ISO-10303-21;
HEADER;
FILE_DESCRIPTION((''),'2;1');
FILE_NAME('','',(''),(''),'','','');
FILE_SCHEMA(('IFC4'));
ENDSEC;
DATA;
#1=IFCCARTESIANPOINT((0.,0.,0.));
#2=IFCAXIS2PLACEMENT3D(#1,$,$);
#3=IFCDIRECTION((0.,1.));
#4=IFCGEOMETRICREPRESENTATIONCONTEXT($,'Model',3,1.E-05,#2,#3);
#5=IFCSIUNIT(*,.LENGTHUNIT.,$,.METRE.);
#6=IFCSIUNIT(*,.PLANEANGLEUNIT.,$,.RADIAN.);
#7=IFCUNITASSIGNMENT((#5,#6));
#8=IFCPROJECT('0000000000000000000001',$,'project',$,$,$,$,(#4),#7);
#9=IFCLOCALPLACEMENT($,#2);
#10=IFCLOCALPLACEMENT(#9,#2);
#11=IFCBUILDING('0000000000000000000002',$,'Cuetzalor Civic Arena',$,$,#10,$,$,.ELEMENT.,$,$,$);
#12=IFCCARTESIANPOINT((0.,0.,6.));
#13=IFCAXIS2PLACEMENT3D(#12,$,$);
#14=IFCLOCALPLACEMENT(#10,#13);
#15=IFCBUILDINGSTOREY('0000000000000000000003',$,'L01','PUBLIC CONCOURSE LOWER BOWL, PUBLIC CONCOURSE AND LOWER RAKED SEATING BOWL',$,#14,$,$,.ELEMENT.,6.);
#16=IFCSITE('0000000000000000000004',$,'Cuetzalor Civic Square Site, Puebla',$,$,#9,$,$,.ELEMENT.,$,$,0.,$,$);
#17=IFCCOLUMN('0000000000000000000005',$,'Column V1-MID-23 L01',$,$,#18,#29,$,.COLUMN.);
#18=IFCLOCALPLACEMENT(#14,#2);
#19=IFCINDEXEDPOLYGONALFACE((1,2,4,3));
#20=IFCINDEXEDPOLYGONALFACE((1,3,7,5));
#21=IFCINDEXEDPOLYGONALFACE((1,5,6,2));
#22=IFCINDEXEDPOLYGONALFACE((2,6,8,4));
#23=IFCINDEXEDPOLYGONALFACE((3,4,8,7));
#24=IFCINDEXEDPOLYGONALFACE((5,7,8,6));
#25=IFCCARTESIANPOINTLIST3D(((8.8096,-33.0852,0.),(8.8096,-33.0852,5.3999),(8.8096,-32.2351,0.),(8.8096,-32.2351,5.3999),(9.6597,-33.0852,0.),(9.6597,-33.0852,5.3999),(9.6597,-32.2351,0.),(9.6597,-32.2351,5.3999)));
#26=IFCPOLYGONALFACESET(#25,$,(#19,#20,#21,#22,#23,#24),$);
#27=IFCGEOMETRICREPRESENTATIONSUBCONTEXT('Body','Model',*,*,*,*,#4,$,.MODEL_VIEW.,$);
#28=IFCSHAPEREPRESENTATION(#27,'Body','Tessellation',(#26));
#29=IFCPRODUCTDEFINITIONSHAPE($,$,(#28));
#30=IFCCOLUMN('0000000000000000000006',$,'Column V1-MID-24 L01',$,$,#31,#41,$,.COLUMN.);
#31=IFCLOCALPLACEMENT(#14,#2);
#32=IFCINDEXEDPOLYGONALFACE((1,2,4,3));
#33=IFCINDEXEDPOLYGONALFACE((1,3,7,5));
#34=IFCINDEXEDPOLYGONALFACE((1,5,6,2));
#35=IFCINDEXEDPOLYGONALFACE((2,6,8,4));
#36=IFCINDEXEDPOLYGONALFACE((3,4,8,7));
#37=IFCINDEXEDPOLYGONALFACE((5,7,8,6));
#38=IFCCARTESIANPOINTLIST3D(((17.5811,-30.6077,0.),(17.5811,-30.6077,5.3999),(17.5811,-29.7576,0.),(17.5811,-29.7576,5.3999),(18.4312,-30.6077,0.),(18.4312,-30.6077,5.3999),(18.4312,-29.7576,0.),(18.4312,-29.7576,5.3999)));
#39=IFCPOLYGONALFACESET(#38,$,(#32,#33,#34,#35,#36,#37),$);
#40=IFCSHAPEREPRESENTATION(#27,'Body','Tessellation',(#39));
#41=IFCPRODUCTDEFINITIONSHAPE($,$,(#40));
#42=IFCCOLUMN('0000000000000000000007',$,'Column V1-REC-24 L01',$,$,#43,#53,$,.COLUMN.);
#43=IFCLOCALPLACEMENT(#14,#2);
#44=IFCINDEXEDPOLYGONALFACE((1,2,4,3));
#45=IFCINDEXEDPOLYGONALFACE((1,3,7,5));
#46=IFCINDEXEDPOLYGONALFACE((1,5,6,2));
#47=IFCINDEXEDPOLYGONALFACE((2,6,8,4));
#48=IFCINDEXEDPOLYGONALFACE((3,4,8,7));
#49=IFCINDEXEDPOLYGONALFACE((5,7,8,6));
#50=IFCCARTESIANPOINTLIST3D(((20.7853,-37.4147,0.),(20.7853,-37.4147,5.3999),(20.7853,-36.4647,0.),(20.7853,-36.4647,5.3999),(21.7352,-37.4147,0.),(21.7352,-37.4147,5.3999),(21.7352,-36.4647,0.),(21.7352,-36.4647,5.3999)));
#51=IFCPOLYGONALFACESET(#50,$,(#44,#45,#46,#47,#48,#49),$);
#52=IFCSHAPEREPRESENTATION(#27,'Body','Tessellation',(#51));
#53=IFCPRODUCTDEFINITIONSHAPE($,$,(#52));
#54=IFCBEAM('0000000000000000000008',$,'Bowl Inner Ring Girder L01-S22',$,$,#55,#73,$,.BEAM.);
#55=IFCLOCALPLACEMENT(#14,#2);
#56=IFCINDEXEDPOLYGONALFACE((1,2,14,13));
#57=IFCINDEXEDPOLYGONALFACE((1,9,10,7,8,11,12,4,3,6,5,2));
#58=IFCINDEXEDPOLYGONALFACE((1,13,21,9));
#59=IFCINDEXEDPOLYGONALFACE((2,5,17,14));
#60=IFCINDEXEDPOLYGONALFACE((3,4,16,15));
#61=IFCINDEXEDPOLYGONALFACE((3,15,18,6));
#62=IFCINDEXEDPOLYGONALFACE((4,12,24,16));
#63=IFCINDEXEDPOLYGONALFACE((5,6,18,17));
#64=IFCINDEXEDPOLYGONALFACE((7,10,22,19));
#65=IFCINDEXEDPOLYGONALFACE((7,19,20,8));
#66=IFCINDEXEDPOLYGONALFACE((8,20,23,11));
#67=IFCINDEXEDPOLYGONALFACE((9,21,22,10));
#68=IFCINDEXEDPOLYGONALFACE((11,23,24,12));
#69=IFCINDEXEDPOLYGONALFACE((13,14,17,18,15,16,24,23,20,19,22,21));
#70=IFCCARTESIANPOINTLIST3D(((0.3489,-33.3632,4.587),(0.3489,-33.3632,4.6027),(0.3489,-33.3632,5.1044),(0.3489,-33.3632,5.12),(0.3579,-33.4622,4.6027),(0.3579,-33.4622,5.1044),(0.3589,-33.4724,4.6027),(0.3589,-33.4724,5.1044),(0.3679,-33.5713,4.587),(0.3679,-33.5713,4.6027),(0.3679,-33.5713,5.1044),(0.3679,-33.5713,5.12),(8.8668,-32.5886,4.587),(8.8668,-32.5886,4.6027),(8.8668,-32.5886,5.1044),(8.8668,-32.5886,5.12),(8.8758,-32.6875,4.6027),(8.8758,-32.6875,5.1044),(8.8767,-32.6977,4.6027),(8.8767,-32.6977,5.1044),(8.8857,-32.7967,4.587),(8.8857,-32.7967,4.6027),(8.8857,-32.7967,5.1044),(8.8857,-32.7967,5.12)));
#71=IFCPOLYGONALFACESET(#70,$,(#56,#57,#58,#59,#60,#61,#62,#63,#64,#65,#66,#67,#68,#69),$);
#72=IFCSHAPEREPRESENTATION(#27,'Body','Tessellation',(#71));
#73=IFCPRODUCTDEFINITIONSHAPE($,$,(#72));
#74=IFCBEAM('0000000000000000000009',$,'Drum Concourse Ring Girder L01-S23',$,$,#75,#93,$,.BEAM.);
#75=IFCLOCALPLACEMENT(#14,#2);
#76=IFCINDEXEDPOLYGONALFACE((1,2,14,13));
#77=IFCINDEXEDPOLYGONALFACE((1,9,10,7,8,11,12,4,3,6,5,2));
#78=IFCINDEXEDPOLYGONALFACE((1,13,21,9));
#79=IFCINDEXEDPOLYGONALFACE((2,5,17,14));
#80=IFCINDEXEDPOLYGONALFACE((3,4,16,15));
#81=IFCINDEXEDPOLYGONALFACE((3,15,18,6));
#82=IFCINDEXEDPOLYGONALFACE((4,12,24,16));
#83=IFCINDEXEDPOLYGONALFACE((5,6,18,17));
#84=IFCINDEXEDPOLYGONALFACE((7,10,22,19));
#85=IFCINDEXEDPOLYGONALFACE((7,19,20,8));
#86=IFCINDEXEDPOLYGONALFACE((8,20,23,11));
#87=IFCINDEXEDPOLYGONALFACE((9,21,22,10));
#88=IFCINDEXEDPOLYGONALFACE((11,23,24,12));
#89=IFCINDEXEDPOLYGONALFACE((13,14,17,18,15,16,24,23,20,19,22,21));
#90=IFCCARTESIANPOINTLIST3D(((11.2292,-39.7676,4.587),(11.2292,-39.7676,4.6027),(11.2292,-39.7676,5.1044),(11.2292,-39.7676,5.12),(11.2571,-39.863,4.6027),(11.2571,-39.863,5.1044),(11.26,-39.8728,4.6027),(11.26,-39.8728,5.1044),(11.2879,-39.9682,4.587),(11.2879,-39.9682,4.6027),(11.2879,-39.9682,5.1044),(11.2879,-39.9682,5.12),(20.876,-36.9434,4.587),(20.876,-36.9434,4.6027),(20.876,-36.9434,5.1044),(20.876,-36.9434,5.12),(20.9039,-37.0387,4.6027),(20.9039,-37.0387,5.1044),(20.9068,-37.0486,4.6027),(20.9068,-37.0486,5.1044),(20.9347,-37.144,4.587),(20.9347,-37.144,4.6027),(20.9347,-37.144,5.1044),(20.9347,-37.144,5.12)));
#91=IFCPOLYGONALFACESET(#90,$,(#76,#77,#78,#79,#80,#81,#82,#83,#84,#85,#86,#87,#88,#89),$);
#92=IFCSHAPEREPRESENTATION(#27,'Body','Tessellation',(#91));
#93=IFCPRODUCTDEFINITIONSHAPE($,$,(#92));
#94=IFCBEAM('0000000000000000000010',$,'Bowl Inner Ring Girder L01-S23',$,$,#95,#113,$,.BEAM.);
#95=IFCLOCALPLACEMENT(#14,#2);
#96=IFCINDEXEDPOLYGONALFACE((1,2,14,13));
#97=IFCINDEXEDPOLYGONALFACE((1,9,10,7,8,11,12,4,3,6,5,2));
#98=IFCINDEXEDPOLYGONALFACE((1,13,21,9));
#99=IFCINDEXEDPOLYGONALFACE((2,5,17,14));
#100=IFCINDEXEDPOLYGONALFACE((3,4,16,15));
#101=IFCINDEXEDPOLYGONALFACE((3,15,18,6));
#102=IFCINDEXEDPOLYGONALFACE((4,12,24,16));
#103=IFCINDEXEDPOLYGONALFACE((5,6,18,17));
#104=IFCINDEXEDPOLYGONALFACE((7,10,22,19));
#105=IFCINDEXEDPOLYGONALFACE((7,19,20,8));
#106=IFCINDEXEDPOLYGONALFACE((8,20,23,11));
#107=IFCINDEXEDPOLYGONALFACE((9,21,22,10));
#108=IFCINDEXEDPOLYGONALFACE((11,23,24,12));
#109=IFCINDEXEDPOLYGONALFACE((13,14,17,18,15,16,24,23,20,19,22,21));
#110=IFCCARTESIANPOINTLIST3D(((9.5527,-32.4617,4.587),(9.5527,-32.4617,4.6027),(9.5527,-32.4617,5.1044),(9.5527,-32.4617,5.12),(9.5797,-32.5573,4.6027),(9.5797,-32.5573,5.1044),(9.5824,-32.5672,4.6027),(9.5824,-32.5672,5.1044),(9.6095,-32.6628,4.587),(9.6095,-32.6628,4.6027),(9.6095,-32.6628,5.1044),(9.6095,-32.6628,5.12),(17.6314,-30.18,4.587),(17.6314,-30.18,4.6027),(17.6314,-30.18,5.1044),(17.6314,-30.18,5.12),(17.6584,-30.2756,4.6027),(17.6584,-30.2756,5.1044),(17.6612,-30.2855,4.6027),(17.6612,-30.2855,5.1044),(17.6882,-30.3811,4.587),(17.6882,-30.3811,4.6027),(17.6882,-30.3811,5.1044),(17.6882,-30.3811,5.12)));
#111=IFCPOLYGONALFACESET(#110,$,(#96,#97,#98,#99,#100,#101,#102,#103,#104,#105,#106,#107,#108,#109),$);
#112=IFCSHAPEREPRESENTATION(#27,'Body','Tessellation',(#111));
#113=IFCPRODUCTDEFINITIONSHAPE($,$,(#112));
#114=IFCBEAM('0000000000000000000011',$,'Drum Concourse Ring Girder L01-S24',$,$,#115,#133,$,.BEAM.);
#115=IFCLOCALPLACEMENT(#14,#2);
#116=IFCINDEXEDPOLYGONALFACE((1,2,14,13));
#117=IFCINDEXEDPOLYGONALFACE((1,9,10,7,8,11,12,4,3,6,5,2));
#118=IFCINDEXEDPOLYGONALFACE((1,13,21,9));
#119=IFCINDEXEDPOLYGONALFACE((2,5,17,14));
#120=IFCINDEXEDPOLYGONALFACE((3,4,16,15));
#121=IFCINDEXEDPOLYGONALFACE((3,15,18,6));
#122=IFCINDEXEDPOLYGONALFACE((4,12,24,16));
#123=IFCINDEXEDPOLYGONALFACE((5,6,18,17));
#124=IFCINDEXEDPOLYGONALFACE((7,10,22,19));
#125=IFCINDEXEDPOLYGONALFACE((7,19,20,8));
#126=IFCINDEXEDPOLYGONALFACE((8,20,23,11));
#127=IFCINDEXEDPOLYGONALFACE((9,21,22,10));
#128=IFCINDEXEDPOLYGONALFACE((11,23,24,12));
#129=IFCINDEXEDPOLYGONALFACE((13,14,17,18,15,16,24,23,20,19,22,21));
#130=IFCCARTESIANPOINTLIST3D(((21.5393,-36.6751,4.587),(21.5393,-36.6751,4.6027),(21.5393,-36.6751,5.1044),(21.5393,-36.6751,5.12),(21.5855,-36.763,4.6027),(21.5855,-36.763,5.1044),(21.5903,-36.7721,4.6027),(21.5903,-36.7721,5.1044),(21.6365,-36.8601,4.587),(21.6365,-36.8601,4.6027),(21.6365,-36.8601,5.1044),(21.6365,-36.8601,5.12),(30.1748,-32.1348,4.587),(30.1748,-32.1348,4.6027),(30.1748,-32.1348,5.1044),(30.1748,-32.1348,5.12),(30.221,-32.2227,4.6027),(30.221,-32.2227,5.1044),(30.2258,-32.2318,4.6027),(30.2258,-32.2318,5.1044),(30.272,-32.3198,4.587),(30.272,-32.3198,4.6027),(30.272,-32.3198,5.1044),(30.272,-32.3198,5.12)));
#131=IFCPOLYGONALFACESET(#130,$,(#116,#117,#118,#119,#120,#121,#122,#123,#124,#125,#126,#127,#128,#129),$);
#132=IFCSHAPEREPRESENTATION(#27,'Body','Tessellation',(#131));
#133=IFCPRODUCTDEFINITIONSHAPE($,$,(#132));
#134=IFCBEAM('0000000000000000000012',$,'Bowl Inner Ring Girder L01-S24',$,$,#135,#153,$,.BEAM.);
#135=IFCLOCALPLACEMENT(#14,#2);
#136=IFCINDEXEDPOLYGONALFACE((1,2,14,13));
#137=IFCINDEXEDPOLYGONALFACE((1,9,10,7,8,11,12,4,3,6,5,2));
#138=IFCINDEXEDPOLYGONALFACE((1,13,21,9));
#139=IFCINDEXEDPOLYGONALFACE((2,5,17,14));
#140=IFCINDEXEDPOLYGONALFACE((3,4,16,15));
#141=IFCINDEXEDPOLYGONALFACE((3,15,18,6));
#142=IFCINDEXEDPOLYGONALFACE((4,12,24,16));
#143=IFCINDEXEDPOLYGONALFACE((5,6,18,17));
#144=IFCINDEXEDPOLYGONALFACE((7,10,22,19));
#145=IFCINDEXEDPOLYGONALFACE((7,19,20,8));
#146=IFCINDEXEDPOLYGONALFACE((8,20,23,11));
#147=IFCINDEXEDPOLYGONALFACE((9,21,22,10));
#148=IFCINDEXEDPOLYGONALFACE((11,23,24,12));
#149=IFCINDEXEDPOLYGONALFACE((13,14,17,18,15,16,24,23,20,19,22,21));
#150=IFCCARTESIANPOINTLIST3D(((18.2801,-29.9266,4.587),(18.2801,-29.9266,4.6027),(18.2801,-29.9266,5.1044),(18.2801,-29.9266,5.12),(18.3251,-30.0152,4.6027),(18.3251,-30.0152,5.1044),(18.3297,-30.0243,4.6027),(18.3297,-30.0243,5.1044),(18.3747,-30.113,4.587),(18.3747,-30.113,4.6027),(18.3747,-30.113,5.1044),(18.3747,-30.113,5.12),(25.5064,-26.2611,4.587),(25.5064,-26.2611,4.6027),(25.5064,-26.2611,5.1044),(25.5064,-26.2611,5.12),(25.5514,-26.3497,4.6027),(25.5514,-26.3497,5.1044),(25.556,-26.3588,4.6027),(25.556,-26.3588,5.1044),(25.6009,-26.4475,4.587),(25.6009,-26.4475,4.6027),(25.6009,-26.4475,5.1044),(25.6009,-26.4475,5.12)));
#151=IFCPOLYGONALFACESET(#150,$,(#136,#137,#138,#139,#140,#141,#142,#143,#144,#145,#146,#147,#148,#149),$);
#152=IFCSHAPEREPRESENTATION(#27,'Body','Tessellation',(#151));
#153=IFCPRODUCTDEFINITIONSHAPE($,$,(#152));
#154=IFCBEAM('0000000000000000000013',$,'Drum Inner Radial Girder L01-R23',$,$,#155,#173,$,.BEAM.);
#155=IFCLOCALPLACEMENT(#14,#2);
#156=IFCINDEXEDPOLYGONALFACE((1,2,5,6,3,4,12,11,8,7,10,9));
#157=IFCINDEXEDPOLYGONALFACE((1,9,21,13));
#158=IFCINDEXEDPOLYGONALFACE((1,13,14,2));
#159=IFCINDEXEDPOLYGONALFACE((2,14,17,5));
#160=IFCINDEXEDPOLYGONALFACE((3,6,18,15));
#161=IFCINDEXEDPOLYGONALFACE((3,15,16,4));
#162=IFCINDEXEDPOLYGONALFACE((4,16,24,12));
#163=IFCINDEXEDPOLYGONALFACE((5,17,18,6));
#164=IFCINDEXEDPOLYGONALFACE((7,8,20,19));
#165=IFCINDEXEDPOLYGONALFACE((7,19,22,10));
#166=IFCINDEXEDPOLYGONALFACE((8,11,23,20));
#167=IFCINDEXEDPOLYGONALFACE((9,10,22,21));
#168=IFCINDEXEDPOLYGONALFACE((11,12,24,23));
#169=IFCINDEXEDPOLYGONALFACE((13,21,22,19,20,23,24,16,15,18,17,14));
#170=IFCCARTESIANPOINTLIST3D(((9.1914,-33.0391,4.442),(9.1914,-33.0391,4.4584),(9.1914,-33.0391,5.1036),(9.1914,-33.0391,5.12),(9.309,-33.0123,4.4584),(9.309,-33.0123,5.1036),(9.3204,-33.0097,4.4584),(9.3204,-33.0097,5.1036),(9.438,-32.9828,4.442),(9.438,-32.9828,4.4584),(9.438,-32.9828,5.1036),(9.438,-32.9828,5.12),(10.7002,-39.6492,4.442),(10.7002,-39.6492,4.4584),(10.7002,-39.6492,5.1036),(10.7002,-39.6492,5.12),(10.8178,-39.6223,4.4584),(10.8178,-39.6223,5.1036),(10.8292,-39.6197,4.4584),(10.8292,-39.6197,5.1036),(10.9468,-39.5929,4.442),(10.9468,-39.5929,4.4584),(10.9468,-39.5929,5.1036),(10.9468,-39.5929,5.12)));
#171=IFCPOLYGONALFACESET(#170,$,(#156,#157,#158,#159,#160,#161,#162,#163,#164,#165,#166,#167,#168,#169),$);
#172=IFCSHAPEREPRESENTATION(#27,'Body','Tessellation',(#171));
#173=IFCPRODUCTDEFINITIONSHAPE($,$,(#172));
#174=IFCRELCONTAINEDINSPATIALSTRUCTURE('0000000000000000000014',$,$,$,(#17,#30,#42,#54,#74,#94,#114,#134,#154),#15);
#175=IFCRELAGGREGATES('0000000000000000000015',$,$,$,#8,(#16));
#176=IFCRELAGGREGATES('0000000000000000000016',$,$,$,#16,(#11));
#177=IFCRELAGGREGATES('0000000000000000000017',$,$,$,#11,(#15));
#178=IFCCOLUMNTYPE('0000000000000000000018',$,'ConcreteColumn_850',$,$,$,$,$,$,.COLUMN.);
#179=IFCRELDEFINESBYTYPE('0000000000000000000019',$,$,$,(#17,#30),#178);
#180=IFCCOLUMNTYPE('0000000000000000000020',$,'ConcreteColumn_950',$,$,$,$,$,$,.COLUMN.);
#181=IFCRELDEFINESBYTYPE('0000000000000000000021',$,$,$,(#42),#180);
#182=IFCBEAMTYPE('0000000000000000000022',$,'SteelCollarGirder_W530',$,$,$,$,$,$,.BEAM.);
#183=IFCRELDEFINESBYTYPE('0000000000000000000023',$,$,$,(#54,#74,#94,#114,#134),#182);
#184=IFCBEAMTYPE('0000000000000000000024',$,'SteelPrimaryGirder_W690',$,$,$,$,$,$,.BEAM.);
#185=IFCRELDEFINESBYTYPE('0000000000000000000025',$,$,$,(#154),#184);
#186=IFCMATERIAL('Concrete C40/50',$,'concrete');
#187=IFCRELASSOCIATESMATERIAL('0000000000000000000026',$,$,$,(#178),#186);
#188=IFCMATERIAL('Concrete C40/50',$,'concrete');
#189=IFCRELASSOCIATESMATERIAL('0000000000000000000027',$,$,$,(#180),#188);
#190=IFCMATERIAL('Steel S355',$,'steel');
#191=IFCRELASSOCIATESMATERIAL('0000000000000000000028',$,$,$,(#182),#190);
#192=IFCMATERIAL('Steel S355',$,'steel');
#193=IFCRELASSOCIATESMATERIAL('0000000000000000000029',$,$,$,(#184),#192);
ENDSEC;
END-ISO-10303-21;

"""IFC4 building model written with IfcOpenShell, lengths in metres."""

from ifc_helpers import new_model, si_unit, direction, frame, origin, origin_2d, place, context, subcontext, project, spatial, rectangle, i_section, extrude, material, material_profile, profile_set, type_object, element, save


model = new_model("IFC4")

# Units and contexts
model_context = context("Model", 3, precision=1e-05, world=origin(), true_north=direction((0.0, 1.0)))
body_context = subcontext(model_context, "Body", "Model", "MODEL_VIEW")
ifc_project = project(units=[si_unit("LENGTHUNIT", "METRE"), si_unit("PLANEANGLEUNIT", "RADIAN")], contexts=[model_context])

# Site, building, storey
site_placement = place(None, origin())
site = spatial("IfcSite", under=ifc_project, at=site_placement, Name="Cuetzalor Civic Square Site, Puebla", CompositionType="ELEMENT", RefElevation=0.0)
building_placement = place(site_placement, origin())
building = spatial("IfcBuilding", under=site, at=building_placement, Name="Cuetzalor Civic Arena", CompositionType="ELEMENT")
storey_placement = place(building_placement, frame((0.0, 0.0, 6.0)))
storey = spatial("IfcBuildingStorey", under=building, at=storey_placement, Name="L01", Description="PUBLIC CONCOURSE LOWER BOWL, PUBLIC CONCOURSE AND LOWER RAKED SEATING BOWL", CompositionType="ELEMENT", Elevation=6.0)

# Columns
ifc_material_1 = material(Name="Concrete C40/50", Category="concrete")
ifc_material_profile_1 = material_profile(ifc_material_1, rectangle(XDim=0.8501, YDim=0.8501, at=origin_2d()), Name="RC 850x850")
ifc_profile_set_1 = profile_set([ifc_material_profile_1], Name="Concrete C40/50")
column_type_1 = type_object("IfcColumnType", Name="ConcreteColumn_850", PredefinedType="COLUMN", material=ifc_profile_set_1)
for number, where, z_axis, x_axis, name in (
    (1, (9.2346, -32.6602, 0.0), (0.0, 0.0, 1.0), (1.0, 0.0, 0.0), "Column V1-MID-23 L01"),
    (2, (18.0061, -30.1826, 0.0), (0.0, 0.0, 1.0), (1.0, 0.0, 0.0), "Column V1-MID-24 L01"),
):
    element("IfcColumn", number, at=place(storey_placement, frame(where, z_axis=z_axis, x_axis=x_axis)), inside=storey, type_object=column_type_1, Name=name, PredefinedType="COLUMN", context=body_context, shape_type="SweptSolid", body=[
        extrude(rectangle(XDim=0.8501, YDim=0.8501, at=origin_2d()), origin(), (0.0, 0.0, 1.0), 5.3999),
    ])
ifc_material_2 = material(Name="Concrete C40/50", Category="concrete")
ifc_material_profile_2 = material_profile(ifc_material_2, rectangle(XDim=0.95, YDim=0.95, at=origin_2d()), Name="RC 950x950")
ifc_profile_set_2 = profile_set([ifc_material_profile_2], Name="Concrete C40/50")
column_type_2 = type_object("IfcColumnType", Name="ConcreteColumn_950", PredefinedType="COLUMN", material=ifc_profile_set_2)
column_placement = place(storey_placement, frame((21.2603, -36.9397, 0.0), z_axis=(0.0, 0.0, 1.0), x_axis=(1.0, 0.0, 0.0)))
element("IfcColumn", 3, at=column_placement, inside=storey, type_object=column_type_2, Name="Column V1-REC-24 L01", PredefinedType="COLUMN", context=body_context, shape_type="SweptSolid", body=[
    extrude(rectangle(XDim=0.95, YDim=0.95, at=origin_2d()), origin(), (0.0, 0.0, 1.0), 5.3999),
])

# Beams
ifc_material_3 = material(Name="Steel S355", Category="steel")
ifc_material_profile_3 = material_profile(ifc_material_3, i_section(OverallWidth=0.209, OverallDepth=0.533, WebThickness=0.0103, FlangeThickness=0.0156, at=origin_2d()), Name="W530x92")
ifc_profile_set_3 = profile_set([ifc_material_profile_3], Name="Steel S355")
beam_type_1 = type_object("IfcBeamType", Name="SteelCollarGirder_W530", PredefinedType="BEAM", material=ifc_profile_set_3)
beam_1_placement = place(storey_placement, frame((0.3584, -33.4673, 4.8535), z_axis=(0.99589, 0.090572, 0.0), x_axis=(-0.090572, 0.99589, 0.0)))
element("IfcBeam", 4, at=beam_1_placement, inside=storey, type_object=beam_type_1, Name="Bowl Inner Ring Girder L01-S22", PredefinedType="BEAM", context=body_context, shape_type="SweptSolid", body=[
    extrude(i_section(OverallWidth=0.209, OverallDepth=0.533, WebThickness=0.0103, FlangeThickness=0.0156, at=origin_2d()), origin(), (0.0, 0.0, 1.0), 8.553),
])
beam_2_placement = place(storey_placement, frame((11.2585, -39.8679, 4.8535), z_axis=(0.959716, 0.280971, 0.0), x_axis=(-0.280971, 0.959716, 0.0)))
element("IfcBeam", 5, at=beam_2_placement, inside=storey, type_object=beam_type_1, Name="Drum Concourse Ring Girder L01-S23", PredefinedType="BEAM", context=body_context, shape_type="SweptSolid", body=[
    extrude(i_section(OverallWidth=0.209, OverallDepth=0.533, WebThickness=0.0103, FlangeThickness=0.0156, at=origin_2d()), origin(), (0.0, 0.0, 1.0), 10.0518),
])
beam_3_placement = place(storey_placement, frame((9.5811, -32.5623, 4.8535), z_axis=(0.962354, 0.271801, 0.0), x_axis=(-0.271801, 0.962354, 0.0)))
element("IfcBeam", 6, at=beam_3_placement, inside=storey, type_object=beam_type_1, Name="Bowl Inner Ring Girder L01-S23", PredefinedType="BEAM", context=body_context, shape_type="SweptSolid", body=[
    extrude(i_section(OverallWidth=0.209, OverallDepth=0.533, WebThickness=0.0103, FlangeThickness=0.0156, at=origin_2d()), origin(), (0.0, 0.0, 1.0), 8.3948),
])
beam_4_placement = place(storey_placement, frame((21.5879, -36.7676, 4.8535), z_axis=(0.885117, 0.465368, 0.0), x_axis=(-0.465368, 0.885117, 0.0)))
element("IfcBeam", 7, at=beam_4_placement, inside=storey, type_object=beam_type_1, Name="Drum Concourse Ring Girder L01-S24", PredefinedType="BEAM", context=body_context, shape_type="SweptSolid", body=[
    extrude(i_section(OverallWidth=0.209, OverallDepth=0.533, WebThickness=0.0103, FlangeThickness=0.0156, at=origin_2d()), origin(), (0.0, 0.0, 1.0), 9.7563),
])
beam_5_placement = place(storey_placement, frame((18.3274, -30.0198, 4.8535), z_axis=(0.891827, 0.452376, 0.0), x_axis=(-0.452376, 0.891827, 0.0)))
element("IfcBeam", 8, at=beam_5_placement, inside=storey, type_object=beam_type_1, Name="Bowl Inner Ring Girder L01-S24", PredefinedType="BEAM", context=body_context, shape_type="SweptSolid", body=[
    extrude(i_section(OverallWidth=0.209, OverallDepth=0.533, WebThickness=0.0103, FlangeThickness=0.0156, at=origin_2d()), origin(), (0.0, 0.0, 1.0), 8.1028),
])
ifc_material_4 = material(Name="Steel S355", Category="steel")
ifc_material_profile_4 = material_profile(ifc_material_4, i_section(OverallWidth=0.2529, OverallDepth=0.678, WebThickness=0.0117, FlangeThickness=0.0164, at=origin_2d()), Name="W690x125")
ifc_profile_set_4 = profile_set([ifc_material_profile_4], Name="Steel S355")
beam_type_2 = type_object("IfcBeamType", Name="SteelPrimaryGirder_W690", PredefinedType="BEAM", material=ifc_profile_set_4)
beam_6_placement = place(storey_placement, frame((9.3147, -33.011, 4.781), z_axis=(0.222531, -0.974926, 0.0), x_axis=(0.974926, 0.222531, 0.0)))
element("IfcBeam", 9, at=beam_6_placement, inside=storey, type_object=beam_type_2, Name="Drum Inner Radial Girder L01-R23", PredefinedType="BEAM", context=body_context, shape_type="SweptSolid", body=[
    extrude(i_section(OverallWidth=0.2529, OverallDepth=0.678, WebThickness=0.0117, FlangeThickness=0.0164, at=origin_2d()), origin(), (0.0, 0.0, 1.0), 6.78),
])

save(model, "model.ifc")
